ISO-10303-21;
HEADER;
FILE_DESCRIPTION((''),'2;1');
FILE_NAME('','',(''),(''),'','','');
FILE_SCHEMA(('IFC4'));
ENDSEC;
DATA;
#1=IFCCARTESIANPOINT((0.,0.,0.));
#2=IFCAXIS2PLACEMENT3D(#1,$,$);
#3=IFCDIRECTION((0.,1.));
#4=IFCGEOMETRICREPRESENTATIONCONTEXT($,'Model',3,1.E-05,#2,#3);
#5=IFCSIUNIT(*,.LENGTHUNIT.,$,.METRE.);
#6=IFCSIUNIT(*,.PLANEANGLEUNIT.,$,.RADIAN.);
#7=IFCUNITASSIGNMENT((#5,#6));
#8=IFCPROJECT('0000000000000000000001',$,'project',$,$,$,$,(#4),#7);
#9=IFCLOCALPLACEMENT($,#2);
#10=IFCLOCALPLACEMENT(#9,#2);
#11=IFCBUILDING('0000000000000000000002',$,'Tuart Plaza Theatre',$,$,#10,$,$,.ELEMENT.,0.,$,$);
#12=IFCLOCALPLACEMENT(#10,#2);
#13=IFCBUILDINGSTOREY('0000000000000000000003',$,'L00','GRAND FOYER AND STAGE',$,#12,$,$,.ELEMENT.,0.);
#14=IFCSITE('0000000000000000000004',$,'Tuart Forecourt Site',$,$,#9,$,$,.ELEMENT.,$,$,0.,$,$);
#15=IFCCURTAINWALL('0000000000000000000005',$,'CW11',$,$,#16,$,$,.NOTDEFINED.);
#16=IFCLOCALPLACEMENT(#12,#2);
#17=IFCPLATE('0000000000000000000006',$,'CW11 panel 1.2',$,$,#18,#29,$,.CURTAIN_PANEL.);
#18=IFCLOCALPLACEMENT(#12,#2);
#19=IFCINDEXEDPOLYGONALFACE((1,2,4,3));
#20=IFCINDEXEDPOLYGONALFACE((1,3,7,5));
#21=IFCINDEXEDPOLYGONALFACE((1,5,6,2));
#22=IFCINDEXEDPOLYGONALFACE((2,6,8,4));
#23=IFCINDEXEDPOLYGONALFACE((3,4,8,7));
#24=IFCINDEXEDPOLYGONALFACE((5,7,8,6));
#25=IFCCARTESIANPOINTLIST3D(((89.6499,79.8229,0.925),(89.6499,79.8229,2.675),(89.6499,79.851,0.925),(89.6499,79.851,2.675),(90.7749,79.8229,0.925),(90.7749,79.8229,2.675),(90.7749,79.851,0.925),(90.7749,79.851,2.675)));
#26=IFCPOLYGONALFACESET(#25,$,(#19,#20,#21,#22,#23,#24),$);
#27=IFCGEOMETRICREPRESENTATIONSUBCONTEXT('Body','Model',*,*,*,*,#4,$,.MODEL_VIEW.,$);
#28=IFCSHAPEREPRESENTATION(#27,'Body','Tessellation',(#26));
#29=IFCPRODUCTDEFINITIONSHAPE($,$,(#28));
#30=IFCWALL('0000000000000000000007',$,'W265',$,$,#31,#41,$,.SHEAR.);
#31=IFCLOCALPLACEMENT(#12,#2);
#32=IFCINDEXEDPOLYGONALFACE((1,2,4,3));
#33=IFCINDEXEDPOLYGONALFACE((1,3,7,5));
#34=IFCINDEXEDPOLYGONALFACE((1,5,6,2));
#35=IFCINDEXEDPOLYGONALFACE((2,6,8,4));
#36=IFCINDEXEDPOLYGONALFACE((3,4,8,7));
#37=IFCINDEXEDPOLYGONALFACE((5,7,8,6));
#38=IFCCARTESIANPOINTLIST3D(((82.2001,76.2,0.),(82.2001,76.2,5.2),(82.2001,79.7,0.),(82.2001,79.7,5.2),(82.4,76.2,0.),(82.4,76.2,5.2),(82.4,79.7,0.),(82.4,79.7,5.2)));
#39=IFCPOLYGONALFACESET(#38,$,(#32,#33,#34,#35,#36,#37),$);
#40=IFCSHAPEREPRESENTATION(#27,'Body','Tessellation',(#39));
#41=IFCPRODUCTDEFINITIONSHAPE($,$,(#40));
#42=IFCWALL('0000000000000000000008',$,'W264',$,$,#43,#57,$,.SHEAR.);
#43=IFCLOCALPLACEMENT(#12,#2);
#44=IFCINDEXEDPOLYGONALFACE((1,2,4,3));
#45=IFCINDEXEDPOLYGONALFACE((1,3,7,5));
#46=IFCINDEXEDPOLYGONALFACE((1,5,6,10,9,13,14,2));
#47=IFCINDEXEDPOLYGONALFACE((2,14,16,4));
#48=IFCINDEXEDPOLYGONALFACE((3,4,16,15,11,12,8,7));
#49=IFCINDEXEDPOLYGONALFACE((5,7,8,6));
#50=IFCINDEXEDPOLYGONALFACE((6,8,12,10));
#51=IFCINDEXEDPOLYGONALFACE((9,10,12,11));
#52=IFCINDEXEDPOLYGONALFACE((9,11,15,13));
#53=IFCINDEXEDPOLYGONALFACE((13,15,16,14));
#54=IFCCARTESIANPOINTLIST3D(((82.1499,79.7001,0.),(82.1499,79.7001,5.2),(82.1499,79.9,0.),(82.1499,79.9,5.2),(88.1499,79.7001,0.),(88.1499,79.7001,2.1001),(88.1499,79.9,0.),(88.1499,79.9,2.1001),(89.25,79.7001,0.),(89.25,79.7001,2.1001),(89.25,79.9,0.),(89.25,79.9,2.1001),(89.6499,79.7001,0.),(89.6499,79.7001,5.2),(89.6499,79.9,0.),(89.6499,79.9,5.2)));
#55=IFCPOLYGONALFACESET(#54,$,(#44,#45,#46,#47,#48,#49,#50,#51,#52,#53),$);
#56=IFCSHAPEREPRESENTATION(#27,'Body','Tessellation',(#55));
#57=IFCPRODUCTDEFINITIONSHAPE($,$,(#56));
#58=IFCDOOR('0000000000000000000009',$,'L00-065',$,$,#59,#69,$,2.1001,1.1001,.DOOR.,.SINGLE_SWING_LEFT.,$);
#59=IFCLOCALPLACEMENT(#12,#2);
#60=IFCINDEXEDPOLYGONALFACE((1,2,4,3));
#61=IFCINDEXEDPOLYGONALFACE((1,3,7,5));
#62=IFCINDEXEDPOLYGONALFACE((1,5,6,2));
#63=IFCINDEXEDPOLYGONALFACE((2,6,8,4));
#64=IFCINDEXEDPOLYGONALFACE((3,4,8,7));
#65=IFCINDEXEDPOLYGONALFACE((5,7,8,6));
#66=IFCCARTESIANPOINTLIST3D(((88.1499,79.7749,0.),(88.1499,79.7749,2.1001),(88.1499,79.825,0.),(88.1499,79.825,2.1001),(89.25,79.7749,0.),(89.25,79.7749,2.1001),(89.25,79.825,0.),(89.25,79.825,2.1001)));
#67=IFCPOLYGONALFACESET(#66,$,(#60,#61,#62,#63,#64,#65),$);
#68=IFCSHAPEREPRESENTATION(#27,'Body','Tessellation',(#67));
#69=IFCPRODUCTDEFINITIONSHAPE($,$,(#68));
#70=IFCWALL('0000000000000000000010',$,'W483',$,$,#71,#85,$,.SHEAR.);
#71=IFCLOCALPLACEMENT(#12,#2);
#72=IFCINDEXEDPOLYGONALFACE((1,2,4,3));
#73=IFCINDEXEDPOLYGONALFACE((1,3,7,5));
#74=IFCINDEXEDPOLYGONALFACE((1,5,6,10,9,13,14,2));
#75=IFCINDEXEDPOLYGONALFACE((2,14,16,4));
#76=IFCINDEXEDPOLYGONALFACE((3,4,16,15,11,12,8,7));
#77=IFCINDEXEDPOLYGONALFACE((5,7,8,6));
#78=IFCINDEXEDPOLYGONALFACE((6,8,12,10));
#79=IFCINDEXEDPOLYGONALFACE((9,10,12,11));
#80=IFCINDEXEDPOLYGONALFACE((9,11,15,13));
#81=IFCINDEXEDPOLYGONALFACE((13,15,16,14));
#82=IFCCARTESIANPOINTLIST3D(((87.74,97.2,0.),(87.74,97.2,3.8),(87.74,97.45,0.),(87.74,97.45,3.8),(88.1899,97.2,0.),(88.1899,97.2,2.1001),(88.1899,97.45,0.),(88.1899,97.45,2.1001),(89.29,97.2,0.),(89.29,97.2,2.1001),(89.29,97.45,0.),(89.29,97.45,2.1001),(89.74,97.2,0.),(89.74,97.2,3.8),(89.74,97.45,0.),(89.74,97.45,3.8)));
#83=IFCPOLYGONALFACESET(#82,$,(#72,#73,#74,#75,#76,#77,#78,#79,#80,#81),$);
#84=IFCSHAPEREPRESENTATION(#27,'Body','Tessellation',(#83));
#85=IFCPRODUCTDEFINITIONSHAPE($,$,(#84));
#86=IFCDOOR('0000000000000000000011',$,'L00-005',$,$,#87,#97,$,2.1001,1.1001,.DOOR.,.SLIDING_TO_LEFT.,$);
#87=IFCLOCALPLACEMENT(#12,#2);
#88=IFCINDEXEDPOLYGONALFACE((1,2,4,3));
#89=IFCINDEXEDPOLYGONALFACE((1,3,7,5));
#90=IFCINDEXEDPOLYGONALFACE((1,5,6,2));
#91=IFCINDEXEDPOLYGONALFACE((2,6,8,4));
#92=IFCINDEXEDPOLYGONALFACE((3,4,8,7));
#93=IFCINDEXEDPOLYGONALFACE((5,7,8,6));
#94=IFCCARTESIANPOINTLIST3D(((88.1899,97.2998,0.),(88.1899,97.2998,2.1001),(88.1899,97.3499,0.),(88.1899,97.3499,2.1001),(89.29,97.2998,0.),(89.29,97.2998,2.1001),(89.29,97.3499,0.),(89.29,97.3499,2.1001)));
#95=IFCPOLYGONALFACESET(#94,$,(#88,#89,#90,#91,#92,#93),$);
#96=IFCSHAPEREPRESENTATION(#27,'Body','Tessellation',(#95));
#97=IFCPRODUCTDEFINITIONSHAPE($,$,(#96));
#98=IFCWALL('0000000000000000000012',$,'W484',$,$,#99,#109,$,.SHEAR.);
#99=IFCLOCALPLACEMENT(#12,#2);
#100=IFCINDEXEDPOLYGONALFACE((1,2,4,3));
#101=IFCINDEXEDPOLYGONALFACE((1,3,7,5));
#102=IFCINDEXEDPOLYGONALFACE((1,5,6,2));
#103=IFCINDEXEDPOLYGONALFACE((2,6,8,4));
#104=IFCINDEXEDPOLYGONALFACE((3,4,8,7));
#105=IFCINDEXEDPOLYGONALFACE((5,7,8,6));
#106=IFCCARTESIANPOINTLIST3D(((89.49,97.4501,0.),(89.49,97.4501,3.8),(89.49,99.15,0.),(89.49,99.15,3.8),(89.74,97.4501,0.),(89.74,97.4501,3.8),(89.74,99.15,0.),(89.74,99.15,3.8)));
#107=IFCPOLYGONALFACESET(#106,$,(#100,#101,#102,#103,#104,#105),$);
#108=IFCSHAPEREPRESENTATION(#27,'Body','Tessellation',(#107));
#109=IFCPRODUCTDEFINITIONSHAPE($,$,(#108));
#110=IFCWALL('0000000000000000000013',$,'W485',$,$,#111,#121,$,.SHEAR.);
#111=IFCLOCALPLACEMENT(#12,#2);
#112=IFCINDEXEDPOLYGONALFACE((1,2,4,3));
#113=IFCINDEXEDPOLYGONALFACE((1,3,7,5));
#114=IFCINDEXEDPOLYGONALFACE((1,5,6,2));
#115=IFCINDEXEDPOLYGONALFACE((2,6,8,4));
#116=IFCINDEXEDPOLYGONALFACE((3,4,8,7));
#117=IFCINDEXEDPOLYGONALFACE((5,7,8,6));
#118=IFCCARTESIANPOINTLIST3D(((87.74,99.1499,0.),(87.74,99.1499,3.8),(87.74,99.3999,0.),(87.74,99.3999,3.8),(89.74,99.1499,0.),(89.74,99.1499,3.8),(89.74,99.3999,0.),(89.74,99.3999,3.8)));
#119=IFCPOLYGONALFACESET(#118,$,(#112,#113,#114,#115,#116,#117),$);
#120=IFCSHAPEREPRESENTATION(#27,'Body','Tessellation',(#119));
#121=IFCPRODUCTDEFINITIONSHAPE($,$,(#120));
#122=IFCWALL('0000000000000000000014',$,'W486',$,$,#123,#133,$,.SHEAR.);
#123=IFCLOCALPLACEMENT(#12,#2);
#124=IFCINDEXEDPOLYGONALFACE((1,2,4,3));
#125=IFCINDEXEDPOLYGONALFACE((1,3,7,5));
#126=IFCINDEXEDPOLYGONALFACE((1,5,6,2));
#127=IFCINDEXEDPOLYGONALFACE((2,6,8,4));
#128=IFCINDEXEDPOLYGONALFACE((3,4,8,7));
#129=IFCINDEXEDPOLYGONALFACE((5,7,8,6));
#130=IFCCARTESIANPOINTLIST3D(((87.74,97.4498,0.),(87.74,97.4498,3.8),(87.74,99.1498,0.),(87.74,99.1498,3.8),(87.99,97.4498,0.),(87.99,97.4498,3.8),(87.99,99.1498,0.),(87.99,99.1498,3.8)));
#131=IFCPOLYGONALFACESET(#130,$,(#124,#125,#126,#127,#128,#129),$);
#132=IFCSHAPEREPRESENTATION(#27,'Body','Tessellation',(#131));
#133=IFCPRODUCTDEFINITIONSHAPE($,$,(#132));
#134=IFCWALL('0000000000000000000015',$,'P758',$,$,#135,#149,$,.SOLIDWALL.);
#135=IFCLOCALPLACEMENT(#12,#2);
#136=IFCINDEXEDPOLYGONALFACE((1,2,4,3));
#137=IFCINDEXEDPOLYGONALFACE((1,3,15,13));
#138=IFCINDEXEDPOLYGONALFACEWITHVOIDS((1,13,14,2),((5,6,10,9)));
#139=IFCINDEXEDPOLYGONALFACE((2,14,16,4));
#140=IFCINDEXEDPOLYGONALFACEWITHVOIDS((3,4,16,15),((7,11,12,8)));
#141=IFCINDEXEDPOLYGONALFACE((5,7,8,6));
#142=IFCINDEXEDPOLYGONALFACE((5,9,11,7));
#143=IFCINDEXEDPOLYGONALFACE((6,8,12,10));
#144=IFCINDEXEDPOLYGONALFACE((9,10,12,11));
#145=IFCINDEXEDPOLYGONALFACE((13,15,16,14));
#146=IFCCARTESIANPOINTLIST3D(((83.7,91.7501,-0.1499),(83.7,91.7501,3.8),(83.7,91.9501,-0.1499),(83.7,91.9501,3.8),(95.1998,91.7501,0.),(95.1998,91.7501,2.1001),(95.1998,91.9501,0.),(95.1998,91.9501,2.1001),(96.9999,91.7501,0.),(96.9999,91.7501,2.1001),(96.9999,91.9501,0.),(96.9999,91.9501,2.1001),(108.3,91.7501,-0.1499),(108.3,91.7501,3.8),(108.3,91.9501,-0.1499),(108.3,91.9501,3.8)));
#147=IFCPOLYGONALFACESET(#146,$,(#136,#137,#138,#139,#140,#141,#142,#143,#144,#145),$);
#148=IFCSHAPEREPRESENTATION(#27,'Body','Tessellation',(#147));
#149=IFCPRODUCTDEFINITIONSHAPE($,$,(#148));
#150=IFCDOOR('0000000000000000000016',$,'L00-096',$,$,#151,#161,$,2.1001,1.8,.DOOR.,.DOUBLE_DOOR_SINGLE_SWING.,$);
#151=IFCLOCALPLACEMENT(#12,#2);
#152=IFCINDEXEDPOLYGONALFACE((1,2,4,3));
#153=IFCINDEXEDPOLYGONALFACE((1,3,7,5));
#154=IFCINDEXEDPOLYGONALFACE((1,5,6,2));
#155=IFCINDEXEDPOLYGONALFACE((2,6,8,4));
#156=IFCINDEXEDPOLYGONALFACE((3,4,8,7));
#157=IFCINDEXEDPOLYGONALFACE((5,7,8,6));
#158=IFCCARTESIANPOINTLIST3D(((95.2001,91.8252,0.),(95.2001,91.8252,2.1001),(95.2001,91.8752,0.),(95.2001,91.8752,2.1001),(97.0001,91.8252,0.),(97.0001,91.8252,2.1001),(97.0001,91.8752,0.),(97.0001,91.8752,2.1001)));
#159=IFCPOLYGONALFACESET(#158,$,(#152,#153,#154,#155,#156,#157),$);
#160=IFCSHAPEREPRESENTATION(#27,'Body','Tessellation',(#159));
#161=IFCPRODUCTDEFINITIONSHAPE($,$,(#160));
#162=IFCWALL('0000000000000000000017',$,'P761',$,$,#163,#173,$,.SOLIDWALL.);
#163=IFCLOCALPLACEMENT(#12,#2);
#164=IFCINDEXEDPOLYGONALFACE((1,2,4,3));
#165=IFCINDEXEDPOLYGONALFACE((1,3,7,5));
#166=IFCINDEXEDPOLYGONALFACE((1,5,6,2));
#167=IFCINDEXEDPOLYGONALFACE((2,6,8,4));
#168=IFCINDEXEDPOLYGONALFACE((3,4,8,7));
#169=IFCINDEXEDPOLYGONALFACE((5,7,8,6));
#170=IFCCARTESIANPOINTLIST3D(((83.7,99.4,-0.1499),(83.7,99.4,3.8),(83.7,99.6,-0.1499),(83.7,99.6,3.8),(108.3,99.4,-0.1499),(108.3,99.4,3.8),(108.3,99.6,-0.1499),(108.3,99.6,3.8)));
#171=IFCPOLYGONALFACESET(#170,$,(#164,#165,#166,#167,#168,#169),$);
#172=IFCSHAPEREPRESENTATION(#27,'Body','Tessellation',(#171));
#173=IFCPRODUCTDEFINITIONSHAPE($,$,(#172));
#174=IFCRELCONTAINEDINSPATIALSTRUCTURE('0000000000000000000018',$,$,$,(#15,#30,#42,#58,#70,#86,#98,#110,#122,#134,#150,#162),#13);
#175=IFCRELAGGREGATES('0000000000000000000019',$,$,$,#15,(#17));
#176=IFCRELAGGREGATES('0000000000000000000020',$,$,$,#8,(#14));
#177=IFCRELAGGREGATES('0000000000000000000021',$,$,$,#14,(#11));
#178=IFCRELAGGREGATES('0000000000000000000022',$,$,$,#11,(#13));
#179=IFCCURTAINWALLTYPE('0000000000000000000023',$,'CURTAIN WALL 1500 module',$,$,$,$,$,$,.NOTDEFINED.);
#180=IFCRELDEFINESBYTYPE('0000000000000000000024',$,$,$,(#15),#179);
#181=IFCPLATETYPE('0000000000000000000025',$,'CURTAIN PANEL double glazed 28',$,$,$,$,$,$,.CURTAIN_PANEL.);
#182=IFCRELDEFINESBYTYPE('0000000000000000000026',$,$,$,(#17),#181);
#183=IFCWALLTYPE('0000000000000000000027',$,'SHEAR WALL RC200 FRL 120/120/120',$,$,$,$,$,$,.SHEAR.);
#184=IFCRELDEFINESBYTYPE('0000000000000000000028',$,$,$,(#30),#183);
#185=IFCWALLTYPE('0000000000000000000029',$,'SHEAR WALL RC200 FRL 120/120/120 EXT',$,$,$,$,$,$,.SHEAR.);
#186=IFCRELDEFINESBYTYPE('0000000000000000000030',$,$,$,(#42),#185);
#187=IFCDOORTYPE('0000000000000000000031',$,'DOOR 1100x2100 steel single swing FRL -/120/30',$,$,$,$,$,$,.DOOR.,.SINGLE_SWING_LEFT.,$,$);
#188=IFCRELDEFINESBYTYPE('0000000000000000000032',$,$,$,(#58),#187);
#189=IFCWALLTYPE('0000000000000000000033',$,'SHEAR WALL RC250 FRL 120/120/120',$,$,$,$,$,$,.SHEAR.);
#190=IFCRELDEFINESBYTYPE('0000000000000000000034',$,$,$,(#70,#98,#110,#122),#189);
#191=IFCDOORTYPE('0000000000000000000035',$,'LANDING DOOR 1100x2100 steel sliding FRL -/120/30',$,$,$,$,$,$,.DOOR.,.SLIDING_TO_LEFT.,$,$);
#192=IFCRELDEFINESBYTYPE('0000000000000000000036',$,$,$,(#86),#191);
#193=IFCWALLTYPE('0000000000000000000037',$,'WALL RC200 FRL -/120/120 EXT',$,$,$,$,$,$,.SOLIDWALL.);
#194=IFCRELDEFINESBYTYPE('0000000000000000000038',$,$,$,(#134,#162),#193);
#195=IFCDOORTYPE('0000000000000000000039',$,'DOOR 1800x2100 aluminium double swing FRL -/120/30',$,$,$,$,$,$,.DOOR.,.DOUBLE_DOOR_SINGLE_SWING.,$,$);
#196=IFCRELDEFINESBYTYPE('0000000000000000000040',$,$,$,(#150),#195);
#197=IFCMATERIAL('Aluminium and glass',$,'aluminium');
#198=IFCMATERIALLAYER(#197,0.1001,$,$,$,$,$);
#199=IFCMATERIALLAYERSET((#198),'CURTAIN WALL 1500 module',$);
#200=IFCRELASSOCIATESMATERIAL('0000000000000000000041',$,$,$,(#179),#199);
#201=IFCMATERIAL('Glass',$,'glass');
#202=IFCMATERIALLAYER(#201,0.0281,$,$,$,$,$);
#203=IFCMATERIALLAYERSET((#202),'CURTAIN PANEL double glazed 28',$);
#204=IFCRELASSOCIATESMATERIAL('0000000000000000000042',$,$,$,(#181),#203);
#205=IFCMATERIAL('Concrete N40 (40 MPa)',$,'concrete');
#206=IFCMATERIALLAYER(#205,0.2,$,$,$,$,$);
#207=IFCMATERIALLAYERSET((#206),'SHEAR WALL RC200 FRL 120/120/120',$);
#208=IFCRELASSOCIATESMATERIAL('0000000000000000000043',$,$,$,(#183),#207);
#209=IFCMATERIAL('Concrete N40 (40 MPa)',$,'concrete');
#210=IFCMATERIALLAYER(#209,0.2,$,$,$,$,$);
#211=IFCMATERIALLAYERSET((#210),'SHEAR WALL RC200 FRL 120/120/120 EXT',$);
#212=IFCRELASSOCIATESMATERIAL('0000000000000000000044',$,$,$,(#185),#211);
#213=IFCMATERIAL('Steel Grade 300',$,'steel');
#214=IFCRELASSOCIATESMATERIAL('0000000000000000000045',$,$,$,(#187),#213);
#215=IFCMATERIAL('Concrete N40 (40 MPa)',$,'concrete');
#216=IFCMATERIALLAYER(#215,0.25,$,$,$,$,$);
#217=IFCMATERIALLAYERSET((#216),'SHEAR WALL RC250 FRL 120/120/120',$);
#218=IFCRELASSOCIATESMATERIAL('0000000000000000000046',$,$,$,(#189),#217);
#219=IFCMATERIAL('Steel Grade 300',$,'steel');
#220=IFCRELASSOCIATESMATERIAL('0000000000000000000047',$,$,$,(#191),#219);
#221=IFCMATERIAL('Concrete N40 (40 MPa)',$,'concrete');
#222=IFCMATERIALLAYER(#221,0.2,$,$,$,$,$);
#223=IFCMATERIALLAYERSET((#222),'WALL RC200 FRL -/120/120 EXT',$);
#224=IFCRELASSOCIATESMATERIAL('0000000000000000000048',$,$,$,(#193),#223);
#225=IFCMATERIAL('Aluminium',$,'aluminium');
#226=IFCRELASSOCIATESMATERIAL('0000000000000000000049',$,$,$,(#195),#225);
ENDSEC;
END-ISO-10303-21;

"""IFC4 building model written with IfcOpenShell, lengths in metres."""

from ifc_helpers import new_model, si_unit, direction, frame, frame_2d, origin, origin_2d, place, context, subcontext, project, spatial, rectangle, extrude, material, layer, layer_set, type_object, element, fill, aggregate, save


model = new_model("IFC4")

# Units and contexts
model_context = context("Model", 3, precision=1e-05, world=origin(), true_north=direction((0.0, 1.0)))
body_context = subcontext(model_context, "Body", "Model", "MODEL_VIEW")
ifc_project = project(units=[si_unit("LENGTHUNIT", "METRE"), si_unit("PLANEANGLEUNIT", "RADIAN")], contexts=[model_context])

# Site, building, storey
site_placement = place(None, origin())
site = spatial("IfcSite", under=ifc_project, at=site_placement, Name="Tuart Forecourt Site", CompositionType="ELEMENT", RefElevation=0.0)
building_placement = place(site_placement, origin())
building = spatial("IfcBuilding", under=site, at=building_placement, Name="Tuart Plaza Theatre", CompositionType="ELEMENT", ElevationOfRefHeight=0.0)
storey_placement = place(building_placement, origin())
storey = spatial("IfcBuildingStorey", under=building, at=storey_placement, Name="L00", Description="GRAND FOYER AND STAGE", CompositionType="ELEMENT", Elevation=0.0)

# Curtain wall
ifc_material_1 = material(Name="Aluminium and glass", Category="aluminium")
ifc_layer_1 = layer(ifc_material_1, 0.1001)
ifc_layer_set_1 = layer_set([ifc_layer_1], Name="CURTAIN WALL 1500 module")
curtain_wall_type = type_object("IfcCurtainWallType", Name="CURTAIN WALL 1500 module", PredefinedType="NOTDEFINED", material=ifc_layer_set_1)
curtain_wall_1_placement = place(storey_placement, origin())
curtain_wall_1 = element("IfcCurtainWall", 1, at=curtain_wall_1_placement, inside=storey, type_object=curtain_wall_type, Name="CW11", PredefinedType="NOTDEFINED")

# Plate
ifc_material_2 = material(Name="Glass", Category="glass")
ifc_layer_2 = layer(ifc_material_2, 0.0281)
ifc_layer_set_2 = layer_set([ifc_layer_2], Name="CURTAIN PANEL double glazed 28")
plate_type = type_object("IfcPlateType", Name="CURTAIN PANEL double glazed 28", PredefinedType="CURTAIN_PANEL", material=ifc_layer_set_2)
plate_1_placement = place(storey_placement, frame((90.2124, 79.8369, 0.925), z_axis=(0.0, 0.0, 1.0), x_axis=(1.0, 0.0, 0.0)))
plate_1 = element("IfcPlate", 2, at=plate_1_placement, type_object=plate_type, Name="CW11 panel 1.2", PredefinedType="CURTAIN_PANEL", context=body_context, shape_type="SweptSolid", body=[
    extrude(rectangle(XDim=1.125, YDim=0.0281, at=origin_2d()), origin(), (0.0, 0.0, 1.0), 1.75),
])
aggregate(curtain_wall_1, [plate_1])

# Wall
ifc_material_3 = material(Name="Concrete N40 (40 MPa)", Category="concrete")
ifc_layer_3 = layer(ifc_material_3, 0.2)
ifc_layer_set_3 = layer_set([ifc_layer_3], Name="SHEAR WALL RC200 FRL 120/120/120")
wall_type_1 = type_object("IfcWallType", Name="SHEAR WALL RC200 FRL 120/120/120", PredefinedType="SHEAR", material=ifc_layer_set_3)
wall_1_placement = place(storey_placement, frame((82.3, 79.7, 0.0), z_axis=(0.0, 0.0, 1.0), x_axis=(0.0, -1.0, 0.0)))
element("IfcWall", 3, at=wall_1_placement, inside=storey, type_object=wall_type_1, Name="W265", PredefinedType="SHEAR", context=body_context, shape_type="SweptSolid", body=[
    extrude(rectangle(XDim=3.5, YDim=0.2, at=frame_2d((1.75, 0.0))), origin(), (0.0, 0.0, 1.0), 5.2),
])

# Walls, openings, doors
ifc_material_4 = material(Name="Concrete N40 (40 MPa)", Category="concrete")
ifc_layer_4 = layer(ifc_material_4, 0.2)
ifc_layer_set_4 = layer_set([ifc_layer_4], Name="SHEAR WALL RC200 FRL 120/120/120 EXT")
wall_type_2 = type_object("IfcWallType", Name="SHEAR WALL RC200 FRL 120/120/120 EXT", PredefinedType="SHEAR", material=ifc_layer_set_4)
wall_2_placement = place(storey_placement, frame((89.6499, 79.8, 0.0), z_axis=(0.0, 0.0, 1.0), x_axis=(-1.0, 0.0, 0.0)))
wall_2 = element("IfcWall", 4, at=wall_2_placement, inside=storey, type_object=wall_type_2, Name="W264", PredefinedType="SHEAR", context=body_context, shape_type="SweptSolid", body=[
    extrude(rectangle(XDim=7.5, YDim=0.2, at=frame_2d((3.75, 0.0))), origin(), (0.0, 0.0, 1.0), 5.2),
])
opening_1_placement = place(wall_2_placement, frame((0.3999, 0.0, 0.0)))
opening_1 = element("IfcOpeningElement", 5, at=opening_1_placement, cuts=wall_2, PredefinedType="OPENING", context=body_context, shape_type="SweptSolid", body=[
    extrude(rectangle(XDim=1.1001, YDim=2.1001, at=frame_2d((0.55, 1.05))), frame((0.0, 0.1099, 0.0), z_axis=(0.0, -1.0, 0.0), x_axis=(1.0, 0.0, 0.0)), (0.0, 0.0, 1.0), 0.22),
])
ifc_material_5 = material(Name="Steel Grade 300", Category="steel")
door_type_1 = type_object("IfcDoorType", Name="DOOR 1100x2100 steel single swing FRL -/120/30", OperationType="SINGLE_SWING_LEFT", PredefinedType="DOOR", material=ifc_material_5)
door_1_placement = place(opening_1_placement, frame((1.1001, 0.0, 0.0), z_axis=(0.0, 0.0, 1.0), x_axis=(-1.0, 0.0, 0.0)))
door_1 = element("IfcDoor", 6, at=door_1_placement, inside=storey, type_object=door_type_1, Name="L00-065", OperationType="SINGLE_SWING_LEFT", OverallHeight=2.1001, OverallWidth=1.1001, PredefinedType="DOOR", context=body_context, shape_type="SweptSolid", body=[
    extrude(rectangle(XDim=1.1001, YDim=2.1001, at=frame_2d((0.55, 1.05))), frame((0.0, 0.0249, 0.0), z_axis=(0.0, -1.0, 0.0), x_axis=(1.0, 0.0, 0.0)), (0.0, 0.0, 1.0), 0.05),
])
fill(opening_1, door_1)
ifc_material_6 = material(Name="Concrete N40 (40 MPa)", Category="concrete")
ifc_layer_5 = layer(ifc_material_6, 0.25)
ifc_layer_set_5 = layer_set([ifc_layer_5], Name="SHEAR WALL RC250 FRL 120/120/120")
wall_type_3 = type_object("IfcWallType", Name="SHEAR WALL RC250 FRL 120/120/120", PredefinedType="SHEAR", material=ifc_layer_set_5)
wall_3_placement = place(storey_placement, frame((87.74, 97.325, 0.0), z_axis=(0.0, 0.0, 1.0), x_axis=(1.0, 0.0, 0.0)))
wall_3 = element("IfcWall", 7, at=wall_3_placement, inside=storey, type_object=wall_type_3, Name="W483", PredefinedType="SHEAR", context=body_context, shape_type="SweptSolid", body=[
    extrude(rectangle(XDim=2.0, YDim=0.25, at=frame_2d((1.0, 0.0))), origin(), (0.0, 0.0, 1.0), 3.8),
])
opening_2_placement = place(wall_3_placement, frame((0.45, 0.0, 0.0)))
opening_2 = element("IfcOpeningElement", 8, at=opening_2_placement, cuts=wall_3, PredefinedType="OPENING", context=body_context, shape_type="SweptSolid", body=[
    extrude(rectangle(XDim=1.1001, YDim=2.1001, at=frame_2d((0.55, 1.05))), frame((0.0, 0.135, 0.0), z_axis=(0.0, -1.0, 0.0), x_axis=(1.0, 0.0, 0.0)), (0.0, 0.0, 1.0), 0.27),
])
ifc_material_7 = material(Name="Steel Grade 300", Category="steel")
door_type_2 = type_object("IfcDoorType", Name="LANDING DOOR 1100x2100 steel sliding FRL -/120/30", OperationType="SLIDING_TO_LEFT", PredefinedType="DOOR", material=ifc_material_7)
door_2_placement = place(opening_2_placement, origin())
door_2 = element("IfcDoor", 9, at=door_2_placement, inside=storey, type_object=door_type_2, Name="L00-005", OperationType="SLIDING_TO_LEFT", OverallHeight=2.1001, OverallWidth=1.1001, PredefinedType="DOOR", context=body_context, shape_type="SweptSolid", body=[
    extrude(rectangle(XDim=1.1001, YDim=2.1001, at=frame_2d((0.55, 1.05))), frame((0.0, 0.0249, 0.0), z_axis=(0.0, -1.0, 0.0), x_axis=(1.0, 0.0, 0.0)), (0.0, 0.0, 1.0), 0.05),
])
fill(opening_2, door_2)

# Walls
wall_4_placement = place(storey_placement, frame((89.615, 97.45, 0.0), z_axis=(0.0, 0.0, 1.0), x_axis=(0.0, 1.0, 0.0)))
element("IfcWall", 10, at=wall_4_placement, inside=storey, type_object=wall_type_3, Name="W484", PredefinedType="SHEAR", context=body_context, shape_type="SweptSolid", body=[
    extrude(rectangle(XDim=1.7, YDim=0.25, at=frame_2d((0.8501, 0.0))), origin(), (0.0, 0.0, 1.0), 3.8),
])
wall_5_placement = place(storey_placement, frame((89.74, 99.2749, 0.0), z_axis=(0.0, 0.0, 1.0), x_axis=(-1.0, 0.0, 0.0)))
element("IfcWall", 11, at=wall_5_placement, inside=storey, type_object=wall_type_3, Name="W485", PredefinedType="SHEAR", context=body_context, shape_type="SweptSolid", body=[
    extrude(rectangle(XDim=2.0, YDim=0.25, at=frame_2d((1.0, 0.0))), origin(), (0.0, 0.0, 1.0), 3.8),
])
wall_6_placement = place(storey_placement, frame((87.865, 99.1499, 0.0), z_axis=(0.0, 0.0, 1.0), x_axis=(0.0, -1.0, 0.0)))
element("IfcWall", 12, at=wall_6_placement, inside=storey, type_object=wall_type_3, Name="W486", PredefinedType="SHEAR", context=body_context, shape_type="SweptSolid", body=[
    extrude(rectangle(XDim=1.7, YDim=0.25, at=frame_2d((0.8501, 0.0))), origin(), (0.0, 0.0, 1.0), 3.8),
])

# Wall, opening, door
ifc_material_8 = material(Name="Concrete N40 (40 MPa)", Category="concrete")
ifc_layer_6 = layer(ifc_material_8, 0.2)
ifc_layer_set_6 = layer_set([ifc_layer_6], Name="WALL RC200 FRL -/120/120 EXT")
wall_type_4 = type_object("IfcWallType", Name="WALL RC200 FRL -/120/120 EXT", PredefinedType="SOLIDWALL", material=ifc_layer_set_6)
wall_7_placement = place(storey_placement, frame((83.7, 91.8501, -0.1499), z_axis=(0.0, 0.0, 1.0), x_axis=(1.0, 0.0, 0.0)))
wall_7 = element("IfcWall", 13, at=wall_7_placement, inside=storey, type_object=wall_type_4, Name="P758", PredefinedType="SOLIDWALL", context=body_context, shape_type="SweptSolid", body=[
    extrude(rectangle(XDim=24.6001, YDim=0.2, at=frame_2d((12.3, 0.0))), origin(), (0.0, 0.0, 1.0), 3.95),
])
opening_3_placement = place(wall_7_placement, frame((11.5, 0.0, 0.1499)))
opening_3 = element("IfcOpeningElement", 14, at=opening_3_placement, cuts=wall_7, PredefinedType="OPENING", context=body_context, shape_type="SweptSolid", body=[
    extrude(rectangle(XDim=1.8, YDim=2.1001, at=frame_2d((0.8999, 1.05))), frame((0.0, 0.1099, 0.0), z_axis=(0.0, -1.0, 0.0), x_axis=(1.0, 0.0, 0.0)), (0.0, 0.0, 1.0), 0.22),
])
ifc_material_9 = material(Name="Aluminium", Category="aluminium")
door_type_3 = type_object("IfcDoorType", Name="DOOR 1800x2100 aluminium double swing FRL -/120/30", OperationType="DOUBLE_DOOR_SINGLE_SWING", PredefinedType="DOOR", material=ifc_material_9)
door_3_placement = place(opening_3_placement, frame((1.8, 0.0, 0.0), z_axis=(0.0, 0.0, 1.0), x_axis=(-1.0, 0.0, 0.0)))
door_3 = element("IfcDoor", 15, at=door_3_placement, inside=storey, type_object=door_type_3, Name="L00-096", OperationType="DOUBLE_DOOR_SINGLE_SWING", OverallHeight=2.1001, OverallWidth=1.8, PredefinedType="DOOR", context=body_context, shape_type="SweptSolid", body=[
    extrude(rectangle(XDim=1.8, YDim=2.1001, at=frame_2d((0.8999, 1.05))), frame((0.0, 0.0249, 0.0), z_axis=(0.0, -1.0, 0.0), x_axis=(1.0, 0.0, 0.0)), (0.0, 0.0, 1.0), 0.05),
])
fill(opening_3, door_3)

# Wall
wall_8_placement = place(storey_placement, frame((83.7, 99.5, -0.1499), z_axis=(0.0, 0.0, 1.0), x_axis=(1.0, 0.0, 0.0)))
element("IfcWall", 16, at=wall_8_placement, inside=storey, type_object=wall_type_4, Name="P761", PredefinedType="SOLIDWALL", context=body_context, shape_type="SweptSolid", body=[
    extrude(rectangle(XDim=24.6001, YDim=0.2, at=frame_2d((12.3, 0.0))), origin(), (0.0, 0.0, 1.0), 3.95),
])

save(model, "model.ifc")
